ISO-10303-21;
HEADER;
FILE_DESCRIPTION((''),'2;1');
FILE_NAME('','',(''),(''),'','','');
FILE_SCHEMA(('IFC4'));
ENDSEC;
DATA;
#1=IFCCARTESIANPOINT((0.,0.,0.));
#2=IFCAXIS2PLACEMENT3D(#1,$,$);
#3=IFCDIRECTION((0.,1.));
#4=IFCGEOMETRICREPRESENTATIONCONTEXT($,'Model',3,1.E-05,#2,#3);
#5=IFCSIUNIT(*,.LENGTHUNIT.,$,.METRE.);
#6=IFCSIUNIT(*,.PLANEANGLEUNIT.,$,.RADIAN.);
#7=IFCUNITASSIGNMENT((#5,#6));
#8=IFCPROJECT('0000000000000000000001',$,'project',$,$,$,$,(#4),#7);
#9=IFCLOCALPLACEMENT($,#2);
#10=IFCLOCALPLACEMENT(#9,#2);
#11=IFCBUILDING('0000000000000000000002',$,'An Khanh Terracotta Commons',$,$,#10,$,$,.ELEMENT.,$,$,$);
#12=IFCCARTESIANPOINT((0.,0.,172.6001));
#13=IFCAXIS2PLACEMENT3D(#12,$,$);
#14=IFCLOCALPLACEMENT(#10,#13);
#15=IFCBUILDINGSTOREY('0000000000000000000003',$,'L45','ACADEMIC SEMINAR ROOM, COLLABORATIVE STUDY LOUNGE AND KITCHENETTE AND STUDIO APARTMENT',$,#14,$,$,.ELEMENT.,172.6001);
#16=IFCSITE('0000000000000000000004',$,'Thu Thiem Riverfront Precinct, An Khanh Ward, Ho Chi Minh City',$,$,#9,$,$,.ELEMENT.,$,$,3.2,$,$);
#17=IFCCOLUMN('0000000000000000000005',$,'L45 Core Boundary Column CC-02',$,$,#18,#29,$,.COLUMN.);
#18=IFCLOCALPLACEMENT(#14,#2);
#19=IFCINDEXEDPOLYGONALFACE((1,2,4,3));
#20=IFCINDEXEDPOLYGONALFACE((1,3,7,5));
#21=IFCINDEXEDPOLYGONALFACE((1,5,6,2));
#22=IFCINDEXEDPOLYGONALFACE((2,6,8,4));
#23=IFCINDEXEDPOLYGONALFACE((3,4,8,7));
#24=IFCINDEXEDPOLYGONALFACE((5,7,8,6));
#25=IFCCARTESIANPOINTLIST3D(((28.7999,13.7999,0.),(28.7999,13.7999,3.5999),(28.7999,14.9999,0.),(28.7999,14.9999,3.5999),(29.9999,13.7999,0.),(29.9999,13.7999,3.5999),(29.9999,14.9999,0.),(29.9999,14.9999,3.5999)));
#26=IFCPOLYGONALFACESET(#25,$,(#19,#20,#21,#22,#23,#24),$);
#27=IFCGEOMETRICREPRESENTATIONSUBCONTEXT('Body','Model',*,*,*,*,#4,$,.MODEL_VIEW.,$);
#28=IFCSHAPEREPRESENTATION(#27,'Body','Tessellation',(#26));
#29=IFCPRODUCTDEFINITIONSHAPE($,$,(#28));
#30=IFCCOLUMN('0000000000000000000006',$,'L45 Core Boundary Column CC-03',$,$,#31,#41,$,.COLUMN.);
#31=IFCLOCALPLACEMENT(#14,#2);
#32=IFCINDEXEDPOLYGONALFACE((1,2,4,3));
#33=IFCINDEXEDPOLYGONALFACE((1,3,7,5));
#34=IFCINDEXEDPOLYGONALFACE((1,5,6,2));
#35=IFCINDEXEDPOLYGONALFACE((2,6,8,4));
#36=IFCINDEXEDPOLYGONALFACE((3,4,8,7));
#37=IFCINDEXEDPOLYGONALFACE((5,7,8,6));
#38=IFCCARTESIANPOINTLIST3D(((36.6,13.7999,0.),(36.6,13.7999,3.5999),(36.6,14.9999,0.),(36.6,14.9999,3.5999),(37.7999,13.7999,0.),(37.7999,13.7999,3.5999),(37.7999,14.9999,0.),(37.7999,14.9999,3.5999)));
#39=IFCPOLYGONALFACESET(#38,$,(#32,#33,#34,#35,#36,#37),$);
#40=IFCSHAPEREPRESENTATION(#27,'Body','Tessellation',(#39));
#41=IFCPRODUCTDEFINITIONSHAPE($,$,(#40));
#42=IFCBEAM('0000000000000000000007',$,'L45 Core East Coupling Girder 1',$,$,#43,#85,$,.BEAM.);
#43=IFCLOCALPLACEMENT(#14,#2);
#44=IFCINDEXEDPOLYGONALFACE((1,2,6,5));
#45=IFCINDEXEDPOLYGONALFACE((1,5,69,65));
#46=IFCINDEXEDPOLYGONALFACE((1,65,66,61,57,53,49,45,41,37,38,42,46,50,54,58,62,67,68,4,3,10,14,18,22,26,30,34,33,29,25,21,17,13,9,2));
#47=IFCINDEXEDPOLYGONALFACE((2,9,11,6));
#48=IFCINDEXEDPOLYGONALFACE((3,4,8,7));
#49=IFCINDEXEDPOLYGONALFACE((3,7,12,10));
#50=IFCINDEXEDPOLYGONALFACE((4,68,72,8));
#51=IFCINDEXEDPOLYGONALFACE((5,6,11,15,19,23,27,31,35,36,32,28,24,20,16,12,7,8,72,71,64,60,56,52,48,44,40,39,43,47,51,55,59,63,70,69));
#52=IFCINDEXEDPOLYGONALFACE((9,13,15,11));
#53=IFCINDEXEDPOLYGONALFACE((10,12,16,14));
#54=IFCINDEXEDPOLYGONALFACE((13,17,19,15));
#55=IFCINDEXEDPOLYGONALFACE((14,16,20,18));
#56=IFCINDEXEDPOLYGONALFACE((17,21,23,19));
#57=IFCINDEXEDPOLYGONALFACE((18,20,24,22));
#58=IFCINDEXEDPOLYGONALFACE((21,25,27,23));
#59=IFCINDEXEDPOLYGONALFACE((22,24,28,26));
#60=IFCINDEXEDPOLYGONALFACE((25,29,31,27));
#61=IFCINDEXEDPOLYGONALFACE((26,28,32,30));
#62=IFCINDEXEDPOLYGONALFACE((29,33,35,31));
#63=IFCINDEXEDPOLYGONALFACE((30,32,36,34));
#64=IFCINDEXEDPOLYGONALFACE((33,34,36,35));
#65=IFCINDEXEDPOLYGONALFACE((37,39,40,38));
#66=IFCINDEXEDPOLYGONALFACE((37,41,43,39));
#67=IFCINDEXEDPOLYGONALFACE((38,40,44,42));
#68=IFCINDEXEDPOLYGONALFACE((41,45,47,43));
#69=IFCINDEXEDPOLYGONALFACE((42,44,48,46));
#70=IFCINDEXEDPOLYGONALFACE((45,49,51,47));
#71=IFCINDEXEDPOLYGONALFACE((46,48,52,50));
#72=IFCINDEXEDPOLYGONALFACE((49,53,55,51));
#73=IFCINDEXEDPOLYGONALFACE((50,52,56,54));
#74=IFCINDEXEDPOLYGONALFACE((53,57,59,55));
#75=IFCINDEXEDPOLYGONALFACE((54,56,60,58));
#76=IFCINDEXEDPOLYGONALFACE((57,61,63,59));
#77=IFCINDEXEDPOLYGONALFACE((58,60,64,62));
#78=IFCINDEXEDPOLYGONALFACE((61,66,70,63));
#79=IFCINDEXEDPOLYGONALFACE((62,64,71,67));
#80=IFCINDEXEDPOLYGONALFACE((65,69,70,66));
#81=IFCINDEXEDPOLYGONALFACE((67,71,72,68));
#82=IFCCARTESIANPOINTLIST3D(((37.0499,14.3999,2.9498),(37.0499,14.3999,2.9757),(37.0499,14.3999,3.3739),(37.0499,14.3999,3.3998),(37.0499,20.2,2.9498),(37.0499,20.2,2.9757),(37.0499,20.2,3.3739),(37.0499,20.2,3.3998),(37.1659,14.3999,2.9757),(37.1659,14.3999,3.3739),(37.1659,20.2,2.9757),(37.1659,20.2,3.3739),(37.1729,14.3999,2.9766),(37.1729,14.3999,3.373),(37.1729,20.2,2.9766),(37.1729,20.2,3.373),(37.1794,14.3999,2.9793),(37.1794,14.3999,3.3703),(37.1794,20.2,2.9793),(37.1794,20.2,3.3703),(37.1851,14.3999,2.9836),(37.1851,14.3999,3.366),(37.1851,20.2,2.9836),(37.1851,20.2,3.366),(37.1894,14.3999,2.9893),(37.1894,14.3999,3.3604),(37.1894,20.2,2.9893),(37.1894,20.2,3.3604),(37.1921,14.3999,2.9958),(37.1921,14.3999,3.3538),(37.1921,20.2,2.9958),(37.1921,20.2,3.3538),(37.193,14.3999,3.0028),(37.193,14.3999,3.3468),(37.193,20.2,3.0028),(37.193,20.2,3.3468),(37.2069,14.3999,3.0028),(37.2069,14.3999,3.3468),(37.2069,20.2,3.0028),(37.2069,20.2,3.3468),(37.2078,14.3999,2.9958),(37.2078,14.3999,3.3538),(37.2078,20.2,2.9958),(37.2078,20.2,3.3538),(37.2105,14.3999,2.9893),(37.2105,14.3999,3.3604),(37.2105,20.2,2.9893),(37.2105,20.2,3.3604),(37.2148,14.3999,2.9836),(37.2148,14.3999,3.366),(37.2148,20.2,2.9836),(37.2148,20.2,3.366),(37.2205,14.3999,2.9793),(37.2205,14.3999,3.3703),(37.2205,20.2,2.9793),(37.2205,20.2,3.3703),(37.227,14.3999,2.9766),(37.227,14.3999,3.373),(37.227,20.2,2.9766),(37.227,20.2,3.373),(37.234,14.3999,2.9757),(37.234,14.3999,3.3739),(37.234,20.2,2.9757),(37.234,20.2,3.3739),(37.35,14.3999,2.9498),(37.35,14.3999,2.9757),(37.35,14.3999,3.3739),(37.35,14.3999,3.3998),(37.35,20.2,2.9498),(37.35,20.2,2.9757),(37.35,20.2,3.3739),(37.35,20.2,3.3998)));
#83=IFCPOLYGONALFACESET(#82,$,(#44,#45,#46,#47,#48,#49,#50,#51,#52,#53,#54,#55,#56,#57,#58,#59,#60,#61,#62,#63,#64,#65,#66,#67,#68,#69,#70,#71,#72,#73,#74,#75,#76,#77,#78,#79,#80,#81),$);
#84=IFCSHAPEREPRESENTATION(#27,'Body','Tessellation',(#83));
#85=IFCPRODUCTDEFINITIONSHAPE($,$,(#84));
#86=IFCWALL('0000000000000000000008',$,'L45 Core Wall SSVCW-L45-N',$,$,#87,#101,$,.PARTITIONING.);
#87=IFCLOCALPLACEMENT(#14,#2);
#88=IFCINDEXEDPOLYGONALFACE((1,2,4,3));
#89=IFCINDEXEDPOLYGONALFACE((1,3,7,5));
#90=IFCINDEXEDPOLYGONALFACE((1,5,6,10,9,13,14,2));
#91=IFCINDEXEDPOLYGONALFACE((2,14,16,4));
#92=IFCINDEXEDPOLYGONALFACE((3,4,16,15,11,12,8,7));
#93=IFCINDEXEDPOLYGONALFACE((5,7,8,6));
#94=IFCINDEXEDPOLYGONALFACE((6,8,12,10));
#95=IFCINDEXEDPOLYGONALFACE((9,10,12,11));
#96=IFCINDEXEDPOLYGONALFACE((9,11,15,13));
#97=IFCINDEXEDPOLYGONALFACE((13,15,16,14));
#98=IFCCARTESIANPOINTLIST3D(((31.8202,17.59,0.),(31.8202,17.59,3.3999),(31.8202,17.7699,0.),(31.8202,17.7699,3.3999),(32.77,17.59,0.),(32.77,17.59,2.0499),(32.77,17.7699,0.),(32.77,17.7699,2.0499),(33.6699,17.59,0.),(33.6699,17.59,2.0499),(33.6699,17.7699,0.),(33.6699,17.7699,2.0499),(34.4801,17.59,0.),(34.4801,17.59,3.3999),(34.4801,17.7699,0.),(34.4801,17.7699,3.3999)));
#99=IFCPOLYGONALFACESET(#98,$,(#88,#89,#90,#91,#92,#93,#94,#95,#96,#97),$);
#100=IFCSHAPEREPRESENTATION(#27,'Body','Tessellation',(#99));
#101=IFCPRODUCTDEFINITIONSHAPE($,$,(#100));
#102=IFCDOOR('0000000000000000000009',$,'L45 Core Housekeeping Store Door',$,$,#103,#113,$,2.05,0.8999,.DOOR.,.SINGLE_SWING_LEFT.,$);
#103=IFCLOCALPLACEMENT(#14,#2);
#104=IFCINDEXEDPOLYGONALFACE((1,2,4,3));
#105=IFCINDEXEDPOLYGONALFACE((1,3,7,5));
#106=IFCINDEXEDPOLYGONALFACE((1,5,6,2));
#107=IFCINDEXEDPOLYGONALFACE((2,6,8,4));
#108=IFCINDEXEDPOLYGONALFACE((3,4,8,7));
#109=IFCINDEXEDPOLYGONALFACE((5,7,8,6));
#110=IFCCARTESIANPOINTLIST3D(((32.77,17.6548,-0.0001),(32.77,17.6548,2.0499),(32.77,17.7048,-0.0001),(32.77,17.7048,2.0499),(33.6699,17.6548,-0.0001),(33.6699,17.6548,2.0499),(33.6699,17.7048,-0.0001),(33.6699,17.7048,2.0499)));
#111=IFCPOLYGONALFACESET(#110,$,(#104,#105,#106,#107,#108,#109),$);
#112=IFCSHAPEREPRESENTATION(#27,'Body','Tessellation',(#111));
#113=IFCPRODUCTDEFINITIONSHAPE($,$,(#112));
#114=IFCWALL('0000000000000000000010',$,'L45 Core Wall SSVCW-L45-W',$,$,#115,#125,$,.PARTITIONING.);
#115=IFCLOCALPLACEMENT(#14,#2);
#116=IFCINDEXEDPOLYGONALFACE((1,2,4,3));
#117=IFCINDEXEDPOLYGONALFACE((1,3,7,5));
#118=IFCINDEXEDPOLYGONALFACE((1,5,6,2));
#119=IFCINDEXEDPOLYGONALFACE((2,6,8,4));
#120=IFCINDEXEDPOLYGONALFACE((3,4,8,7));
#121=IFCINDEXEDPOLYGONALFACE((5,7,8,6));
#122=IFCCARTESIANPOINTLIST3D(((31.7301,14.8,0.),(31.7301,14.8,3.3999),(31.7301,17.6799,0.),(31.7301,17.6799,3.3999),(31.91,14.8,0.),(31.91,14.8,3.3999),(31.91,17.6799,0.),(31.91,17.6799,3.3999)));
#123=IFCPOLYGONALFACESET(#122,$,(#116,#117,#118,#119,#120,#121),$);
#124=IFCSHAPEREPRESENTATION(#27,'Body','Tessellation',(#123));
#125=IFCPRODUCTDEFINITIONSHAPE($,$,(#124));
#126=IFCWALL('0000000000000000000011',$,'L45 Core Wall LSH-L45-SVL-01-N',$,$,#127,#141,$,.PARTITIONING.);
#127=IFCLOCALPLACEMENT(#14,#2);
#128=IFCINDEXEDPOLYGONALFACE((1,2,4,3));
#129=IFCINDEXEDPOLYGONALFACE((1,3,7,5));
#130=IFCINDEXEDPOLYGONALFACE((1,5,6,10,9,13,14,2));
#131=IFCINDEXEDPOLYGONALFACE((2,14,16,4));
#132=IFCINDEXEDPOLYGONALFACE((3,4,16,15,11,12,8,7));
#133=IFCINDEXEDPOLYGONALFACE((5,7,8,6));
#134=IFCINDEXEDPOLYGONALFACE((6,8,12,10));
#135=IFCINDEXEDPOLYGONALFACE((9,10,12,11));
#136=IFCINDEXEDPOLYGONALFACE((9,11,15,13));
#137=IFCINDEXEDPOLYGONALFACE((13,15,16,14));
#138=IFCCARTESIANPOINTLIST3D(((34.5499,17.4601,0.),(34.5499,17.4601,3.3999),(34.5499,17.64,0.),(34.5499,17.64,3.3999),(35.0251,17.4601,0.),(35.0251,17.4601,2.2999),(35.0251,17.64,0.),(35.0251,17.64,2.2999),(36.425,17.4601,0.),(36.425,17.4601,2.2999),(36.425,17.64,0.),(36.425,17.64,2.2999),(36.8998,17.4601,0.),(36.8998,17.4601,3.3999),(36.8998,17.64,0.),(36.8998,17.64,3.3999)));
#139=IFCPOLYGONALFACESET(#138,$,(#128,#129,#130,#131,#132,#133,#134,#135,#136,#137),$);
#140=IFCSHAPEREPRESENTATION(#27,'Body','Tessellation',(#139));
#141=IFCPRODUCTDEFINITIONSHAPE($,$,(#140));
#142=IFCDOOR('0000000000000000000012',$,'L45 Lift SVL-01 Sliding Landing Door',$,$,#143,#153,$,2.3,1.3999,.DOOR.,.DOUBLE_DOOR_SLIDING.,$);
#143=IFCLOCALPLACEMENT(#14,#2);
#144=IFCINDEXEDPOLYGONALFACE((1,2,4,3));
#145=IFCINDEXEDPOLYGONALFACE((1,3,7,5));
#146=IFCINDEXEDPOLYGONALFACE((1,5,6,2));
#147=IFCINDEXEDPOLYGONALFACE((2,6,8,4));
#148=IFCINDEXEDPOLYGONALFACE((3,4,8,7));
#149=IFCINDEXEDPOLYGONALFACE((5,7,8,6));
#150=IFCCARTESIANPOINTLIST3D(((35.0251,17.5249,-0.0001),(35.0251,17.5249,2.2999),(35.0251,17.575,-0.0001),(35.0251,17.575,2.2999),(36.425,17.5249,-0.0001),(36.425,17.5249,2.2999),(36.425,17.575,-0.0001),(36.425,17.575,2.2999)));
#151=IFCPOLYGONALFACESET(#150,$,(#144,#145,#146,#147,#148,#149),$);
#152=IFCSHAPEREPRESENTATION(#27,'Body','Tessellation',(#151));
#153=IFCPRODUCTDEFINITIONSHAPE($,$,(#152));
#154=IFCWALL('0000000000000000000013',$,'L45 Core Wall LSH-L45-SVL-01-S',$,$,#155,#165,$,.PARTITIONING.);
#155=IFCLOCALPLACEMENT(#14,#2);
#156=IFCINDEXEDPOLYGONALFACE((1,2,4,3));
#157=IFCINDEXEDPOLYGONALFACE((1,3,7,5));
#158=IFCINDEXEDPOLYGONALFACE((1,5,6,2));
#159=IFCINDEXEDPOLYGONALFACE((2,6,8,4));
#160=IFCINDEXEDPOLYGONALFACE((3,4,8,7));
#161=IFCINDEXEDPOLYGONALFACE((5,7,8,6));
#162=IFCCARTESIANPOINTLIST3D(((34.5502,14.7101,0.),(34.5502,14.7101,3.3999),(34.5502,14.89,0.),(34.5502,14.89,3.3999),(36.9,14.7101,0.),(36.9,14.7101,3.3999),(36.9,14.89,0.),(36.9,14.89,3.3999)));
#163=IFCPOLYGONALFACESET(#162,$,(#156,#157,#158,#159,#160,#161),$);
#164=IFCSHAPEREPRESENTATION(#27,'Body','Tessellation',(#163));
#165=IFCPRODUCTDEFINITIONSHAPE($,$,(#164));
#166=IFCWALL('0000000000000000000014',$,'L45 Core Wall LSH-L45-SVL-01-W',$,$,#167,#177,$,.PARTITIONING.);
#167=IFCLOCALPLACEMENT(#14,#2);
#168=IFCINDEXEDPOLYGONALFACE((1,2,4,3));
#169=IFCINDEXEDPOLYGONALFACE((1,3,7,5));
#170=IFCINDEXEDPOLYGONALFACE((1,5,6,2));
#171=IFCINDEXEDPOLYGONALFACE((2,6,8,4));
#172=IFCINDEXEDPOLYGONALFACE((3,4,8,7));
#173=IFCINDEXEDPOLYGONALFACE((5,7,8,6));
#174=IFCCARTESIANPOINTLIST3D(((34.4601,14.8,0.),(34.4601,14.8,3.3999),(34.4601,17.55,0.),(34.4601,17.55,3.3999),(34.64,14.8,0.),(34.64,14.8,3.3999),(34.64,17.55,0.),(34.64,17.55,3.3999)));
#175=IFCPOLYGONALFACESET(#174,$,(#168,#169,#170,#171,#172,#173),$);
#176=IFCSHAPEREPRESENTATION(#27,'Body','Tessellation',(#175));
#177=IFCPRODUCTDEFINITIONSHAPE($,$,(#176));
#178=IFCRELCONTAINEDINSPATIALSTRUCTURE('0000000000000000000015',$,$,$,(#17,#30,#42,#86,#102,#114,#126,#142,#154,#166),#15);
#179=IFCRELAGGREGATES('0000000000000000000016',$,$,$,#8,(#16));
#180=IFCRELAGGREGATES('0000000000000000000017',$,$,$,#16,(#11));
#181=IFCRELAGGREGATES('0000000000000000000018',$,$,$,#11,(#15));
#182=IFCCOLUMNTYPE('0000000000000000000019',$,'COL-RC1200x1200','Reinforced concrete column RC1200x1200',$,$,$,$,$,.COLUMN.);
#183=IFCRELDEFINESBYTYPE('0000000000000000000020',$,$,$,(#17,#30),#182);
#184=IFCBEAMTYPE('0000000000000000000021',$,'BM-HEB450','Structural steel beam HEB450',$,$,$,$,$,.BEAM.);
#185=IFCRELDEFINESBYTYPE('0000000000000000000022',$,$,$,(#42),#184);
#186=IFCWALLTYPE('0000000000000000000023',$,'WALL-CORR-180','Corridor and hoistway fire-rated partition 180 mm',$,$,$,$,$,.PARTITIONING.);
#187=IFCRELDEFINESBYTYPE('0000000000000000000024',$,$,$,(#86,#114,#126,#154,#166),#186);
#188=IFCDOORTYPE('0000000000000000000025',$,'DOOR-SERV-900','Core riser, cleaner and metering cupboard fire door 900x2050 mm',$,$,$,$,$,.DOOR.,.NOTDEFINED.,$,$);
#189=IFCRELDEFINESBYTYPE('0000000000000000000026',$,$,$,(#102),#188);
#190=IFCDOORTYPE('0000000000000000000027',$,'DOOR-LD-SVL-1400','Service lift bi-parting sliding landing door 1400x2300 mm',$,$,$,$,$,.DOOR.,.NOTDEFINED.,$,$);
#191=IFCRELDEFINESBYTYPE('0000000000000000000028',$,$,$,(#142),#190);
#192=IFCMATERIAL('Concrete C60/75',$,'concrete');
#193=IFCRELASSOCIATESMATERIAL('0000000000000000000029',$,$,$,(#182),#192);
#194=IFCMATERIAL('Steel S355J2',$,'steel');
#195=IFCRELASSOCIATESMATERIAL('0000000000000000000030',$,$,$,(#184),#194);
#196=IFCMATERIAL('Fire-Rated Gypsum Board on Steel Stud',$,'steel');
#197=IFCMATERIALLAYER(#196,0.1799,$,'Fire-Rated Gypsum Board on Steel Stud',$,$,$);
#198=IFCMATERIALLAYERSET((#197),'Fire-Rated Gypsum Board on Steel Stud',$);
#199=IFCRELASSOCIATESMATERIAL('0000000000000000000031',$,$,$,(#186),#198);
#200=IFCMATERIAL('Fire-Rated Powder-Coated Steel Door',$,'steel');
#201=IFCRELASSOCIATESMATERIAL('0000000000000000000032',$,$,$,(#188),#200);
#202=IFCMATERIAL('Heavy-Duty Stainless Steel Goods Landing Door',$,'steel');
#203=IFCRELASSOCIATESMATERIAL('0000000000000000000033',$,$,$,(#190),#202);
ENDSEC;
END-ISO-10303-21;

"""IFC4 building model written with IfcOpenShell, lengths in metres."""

from ifc_helpers import new_model, si_unit, direction, frame, frame_2d, origin, origin_2d, place, context, subcontext, project, spatial, rectangle, i_section, extrude, material, layer, layer_set, material_profile, profile_set, type_object, element, fill, save


model = new_model("IFC4")

# Units and contexts
model_context = context("Model", 3, precision=1e-05, world=origin(), true_north=direction((0.0, 1.0)))
body_context = subcontext(model_context, "Body", "Model", "MODEL_VIEW")
ifc_project = project(units=[si_unit("LENGTHUNIT", "METRE"), si_unit("PLANEANGLEUNIT", "RADIAN")], contexts=[model_context])

# Site, building, storey
site_placement = place(None, origin())
site = spatial("IfcSite", under=ifc_project, at=site_placement, Name="Thu Thiem Riverfront Precinct, An Khanh Ward, Ho Chi Minh City", CompositionType="ELEMENT", RefElevation=3.2)
building_placement = place(site_placement, origin())
building = spatial("IfcBuilding", under=site, at=building_placement, Name="An Khanh Terracotta Commons", CompositionType="ELEMENT")
storey_placement = place(building_placement, frame((0.0, 0.0, 172.6001)))
storey = spatial("IfcBuildingStorey", under=building, at=storey_placement, Name="L45", Description="ACADEMIC SEMINAR ROOM, COLLABORATIVE STUDY LOUNGE AND KITCHENETTE AND STUDIO APARTMENT", CompositionType="ELEMENT", Elevation=172.6001)

# Columns
ifc_material_1 = material(Name="Concrete C60/75", Category="concrete")
ifc_material_profile_1 = material_profile(ifc_material_1, rectangle(XDim=1.2, YDim=1.2, at=origin_2d()), Name="RC1200x1200")
ifc_profile_set_1 = profile_set([ifc_material_profile_1], Name="Concrete C60/75")
column_type = type_object("IfcColumnType", Name="COL-RC1200x1200", Description="Reinforced concrete column RC1200x1200", PredefinedType="COLUMN", material=ifc_profile_set_1)
for number, where, z_axis, x_axis, name in (
    (1, (29.3999, 14.3999, 0.0), (0.0, 0.0, 1.0), (1.0, 0.0, 0.0), "L45 Core Boundary Column CC-02"),
    (2, (37.2, 14.3999, 0.0), (0.0, 0.0, 1.0), (1.0, 0.0, 0.0), "L45 Core Boundary Column CC-03"),
):
    element("IfcColumn", number, at=place(storey_placement, frame(where, z_axis=z_axis, x_axis=x_axis)), inside=storey, type_object=column_type, Name=name, PredefinedType="COLUMN", context=body_context, shape_type="SweptSolid", body=[
        extrude(rectangle(XDim=1.2, YDim=1.2, at=origin_2d()), origin(), (0.0, 0.0, 1.0), 3.5999),
    ])

# Beam
ifc_material_2 = material(Name="Steel S355J2", Category="steel")
ifc_material_profile_2 = material_profile(ifc_material_2, i_section(OverallWidth=0.3, OverallDepth=0.45, WebThickness=0.0139, FlangeThickness=0.0259, FilletRadius=0.0271, at=origin_2d()), Name="HEB450")
ifc_profile_set_2 = profile_set([ifc_material_profile_2], Name="Steel S355J2")
beam_type = type_object("IfcBeamType", Name="BM-HEB450", Description="Structural steel beam HEB450", PredefinedType="BEAM", material=ifc_profile_set_2)
beam_placement = place(storey_placement, frame((37.2, 14.3999, 3.1748), z_axis=(0.0, 1.0, 0.0), x_axis=(-1.0, 0.0, 0.0)))
element("IfcBeam", 3, at=beam_placement, inside=storey, type_object=beam_type, Name="L45 Core East Coupling Girder 1", PredefinedType="BEAM", context=body_context, shape_type="SweptSolid", body=[
    extrude(i_section(OverallWidth=0.3, OverallDepth=0.45, WebThickness=0.0139, FlangeThickness=0.0259, FilletRadius=0.0271, at=origin_2d()), origin(), (0.0, 0.0, 1.0), 5.8),
])

# Wall, opening, door
ifc_material_3 = material(Name="Fire-Rated Gypsum Board on Steel Stud", Category="steel")
ifc_layer_1 = layer(ifc_material_3, 0.1799, Name="Fire-Rated Gypsum Board on Steel Stud")
ifc_layer_set_1 = layer_set([ifc_layer_1], Name="Fire-Rated Gypsum Board on Steel Stud")
wall_type_1 = type_object("IfcWallType", Name="WALL-CORR-180", Description="Corridor and hoistway fire-rated partition 180 mm", PredefinedType="PARTITIONING", material=ifc_layer_set_1)
wall_1_placement = place(storey_placement, frame((31.8201, 17.6799, 0.0), z_axis=(0.0, 0.0, 1.0), x_axis=(1.0, 0.0, 0.0)))
wall_1 = element("IfcWall", 4, at=wall_1_placement, inside=storey, type_object=wall_type_1, Name="L45 Core Wall SSVCW-L45-N", PredefinedType="PARTITIONING", context=body_context, shape_type="SweptSolid", body=[
    extrude(rectangle(XDim=2.6599, YDim=0.1799, at=frame_2d((1.3301, 0.0))), origin(), (0.0, 0.0, 1.0), 3.3999),
])
opening_1_placement = place(wall_1_placement, frame((0.95, 0.0, 0.0)))
opening_1 = element("IfcOpeningElement", 5, at=opening_1_placement, cuts=wall_1, PredefinedType="OPENING", context=body_context, shape_type="SweptSolid", body=[
    extrude(rectangle(XDim=0.8999, YDim=2.05, at=frame_2d((0.45, 1.0249))), frame((0.0, 0.0999, 0.0), z_axis=(0.0, -1.0, 0.0), x_axis=(1.0, 0.0, 0.0)), (0.0, 0.0, 1.0), 0.2),
])
ifc_material_4 = material(Name="Fire-Rated Powder-Coated Steel Door", Category="steel")
door_type_1 = type_object("IfcDoorType", Name="DOOR-SERV-900", Description="Core riser, cleaner and metering cupboard fire door 900x2050 mm", OperationType="NOTDEFINED", PredefinedType="DOOR", material=ifc_material_4)
door_1_placement = place(opening_1_placement, origin())
door_1 = element("IfcDoor", 6, at=door_1_placement, inside=storey, type_object=door_type_1, Name="L45 Core Housekeeping Store Door", OperationType="SINGLE_SWING_LEFT", OverallHeight=2.05, OverallWidth=0.8999, PredefinedType="DOOR", context=body_context, shape_type="SweptSolid", body=[
    extrude(rectangle(XDim=0.8999, YDim=2.05, at=frame_2d((0.45, 1.0249))), frame((0.0, 0.0249, 0.0), z_axis=(0.0, -1.0, 0.0), x_axis=(1.0, 0.0, 0.0)), (0.0, 0.0, 1.0), 0.05),
])
fill(opening_1, door_1)

# Wall
wall_2_placement = place(storey_placement, frame((31.8201, 14.8, 0.0), z_axis=(0.0, 0.0, 1.0), x_axis=(0.0, 1.0, 0.0)))
element("IfcWall", 7, at=wall_2_placement, inside=storey, type_object=wall_type_1, Name="L45 Core Wall SSVCW-L45-W", PredefinedType="PARTITIONING", context=body_context, shape_type="SweptSolid", body=[
    extrude(rectangle(XDim=2.8799, YDim=0.1799, at=frame_2d((1.4399, 0.0))), origin(), (0.0, 0.0, 1.0), 3.3999),
])

# Wall, opening, door
wall_3_placement = place(storey_placement, frame((34.55, 17.55, 0.0), z_axis=(0.0, 0.0, 1.0), x_axis=(1.0, 0.0, 0.0)))
wall_3 = element("IfcWall", 8, at=wall_3_placement, inside=storey, type_object=wall_type_1, Name="L45 Core Wall LSH-L45-SVL-01-N", PredefinedType="PARTITIONING", context=body_context, shape_type="SweptSolid", body=[
    extrude(rectangle(XDim=2.3499, YDim=0.1799, at=frame_2d((1.1748, 0.0))), origin(), (0.0, 0.0, 1.0), 3.3999),
])
opening_2_placement = place(wall_3_placement, frame((0.4751, 0.0, 0.0)))
opening_2 = element("IfcOpeningElement", 9, at=opening_2_placement, cuts=wall_3, PredefinedType="OPENING", context=body_context, shape_type="SweptSolid", body=[
    extrude(rectangle(XDim=1.3999, YDim=2.3, at=frame_2d((0.7, 1.1499))), frame((0.0, 0.0999, 0.0), z_axis=(0.0, -1.0, 0.0), x_axis=(1.0, 0.0, 0.0)), (0.0, 0.0, 1.0), 0.2),
])
ifc_material_5 = material(Name="Heavy-Duty Stainless Steel Goods Landing Door", Category="steel")
door_type_2 = type_object("IfcDoorType", Name="DOOR-LD-SVL-1400", Description="Service lift bi-parting sliding landing door 1400x2300 mm", OperationType="NOTDEFINED", PredefinedType="DOOR", material=ifc_material_5)
door_2_placement = place(opening_2_placement, origin())
door_2 = element("IfcDoor", 10, at=door_2_placement, inside=storey, type_object=door_type_2, Name="L45 Lift SVL-01 Sliding Landing Door", OperationType="DOUBLE_DOOR_SLIDING", OverallHeight=2.3, OverallWidth=1.3999, PredefinedType="DOOR", context=body_context, shape_type="SweptSolid", body=[
    extrude(rectangle(XDim=1.3999, YDim=2.3, at=frame_2d((0.7, 1.1499))), frame((0.0, 0.0249, 0.0), z_axis=(0.0, -1.0, 0.0), x_axis=(1.0, 0.0, 0.0)), (0.0, 0.0, 1.0), 0.05),
])
fill(opening_2, door_2)

# Walls
wall_4_placement = place(storey_placement, frame((36.8999, 14.8, 0.0), z_axis=(0.0, 0.0, 1.0), x_axis=(-1.0, 0.0, 0.0)))
element("IfcWall", 11, at=wall_4_placement, inside=storey, type_object=wall_type_1, Name="L45 Core Wall LSH-L45-SVL-01-S", PredefinedType="PARTITIONING", context=body_context, shape_type="SweptSolid", body=[
    extrude(rectangle(XDim=2.3499, YDim=0.1799, at=frame_2d((1.1748, 0.0))), origin(), (0.0, 0.0, 1.0), 3.3999),
])
wall_5_placement = place(storey_placement, frame((34.55, 17.55, 0.0), z_axis=(0.0, 0.0, 1.0), x_axis=(0.0, -1.0, 0.0)))
element("IfcWall", 12, at=wall_5_placement, inside=storey, type_object=wall_type_1, Name="L45 Core Wall LSH-L45-SVL-01-W", PredefinedType="PARTITIONING", context=body_context, shape_type="SweptSolid", body=[
    extrude(rectangle(XDim=2.75, YDim=0.1799, at=frame_2d((1.375, 0.0))), origin(), (0.0, 0.0, 1.0), 3.3999),
])

save(model, "model.ifc")
